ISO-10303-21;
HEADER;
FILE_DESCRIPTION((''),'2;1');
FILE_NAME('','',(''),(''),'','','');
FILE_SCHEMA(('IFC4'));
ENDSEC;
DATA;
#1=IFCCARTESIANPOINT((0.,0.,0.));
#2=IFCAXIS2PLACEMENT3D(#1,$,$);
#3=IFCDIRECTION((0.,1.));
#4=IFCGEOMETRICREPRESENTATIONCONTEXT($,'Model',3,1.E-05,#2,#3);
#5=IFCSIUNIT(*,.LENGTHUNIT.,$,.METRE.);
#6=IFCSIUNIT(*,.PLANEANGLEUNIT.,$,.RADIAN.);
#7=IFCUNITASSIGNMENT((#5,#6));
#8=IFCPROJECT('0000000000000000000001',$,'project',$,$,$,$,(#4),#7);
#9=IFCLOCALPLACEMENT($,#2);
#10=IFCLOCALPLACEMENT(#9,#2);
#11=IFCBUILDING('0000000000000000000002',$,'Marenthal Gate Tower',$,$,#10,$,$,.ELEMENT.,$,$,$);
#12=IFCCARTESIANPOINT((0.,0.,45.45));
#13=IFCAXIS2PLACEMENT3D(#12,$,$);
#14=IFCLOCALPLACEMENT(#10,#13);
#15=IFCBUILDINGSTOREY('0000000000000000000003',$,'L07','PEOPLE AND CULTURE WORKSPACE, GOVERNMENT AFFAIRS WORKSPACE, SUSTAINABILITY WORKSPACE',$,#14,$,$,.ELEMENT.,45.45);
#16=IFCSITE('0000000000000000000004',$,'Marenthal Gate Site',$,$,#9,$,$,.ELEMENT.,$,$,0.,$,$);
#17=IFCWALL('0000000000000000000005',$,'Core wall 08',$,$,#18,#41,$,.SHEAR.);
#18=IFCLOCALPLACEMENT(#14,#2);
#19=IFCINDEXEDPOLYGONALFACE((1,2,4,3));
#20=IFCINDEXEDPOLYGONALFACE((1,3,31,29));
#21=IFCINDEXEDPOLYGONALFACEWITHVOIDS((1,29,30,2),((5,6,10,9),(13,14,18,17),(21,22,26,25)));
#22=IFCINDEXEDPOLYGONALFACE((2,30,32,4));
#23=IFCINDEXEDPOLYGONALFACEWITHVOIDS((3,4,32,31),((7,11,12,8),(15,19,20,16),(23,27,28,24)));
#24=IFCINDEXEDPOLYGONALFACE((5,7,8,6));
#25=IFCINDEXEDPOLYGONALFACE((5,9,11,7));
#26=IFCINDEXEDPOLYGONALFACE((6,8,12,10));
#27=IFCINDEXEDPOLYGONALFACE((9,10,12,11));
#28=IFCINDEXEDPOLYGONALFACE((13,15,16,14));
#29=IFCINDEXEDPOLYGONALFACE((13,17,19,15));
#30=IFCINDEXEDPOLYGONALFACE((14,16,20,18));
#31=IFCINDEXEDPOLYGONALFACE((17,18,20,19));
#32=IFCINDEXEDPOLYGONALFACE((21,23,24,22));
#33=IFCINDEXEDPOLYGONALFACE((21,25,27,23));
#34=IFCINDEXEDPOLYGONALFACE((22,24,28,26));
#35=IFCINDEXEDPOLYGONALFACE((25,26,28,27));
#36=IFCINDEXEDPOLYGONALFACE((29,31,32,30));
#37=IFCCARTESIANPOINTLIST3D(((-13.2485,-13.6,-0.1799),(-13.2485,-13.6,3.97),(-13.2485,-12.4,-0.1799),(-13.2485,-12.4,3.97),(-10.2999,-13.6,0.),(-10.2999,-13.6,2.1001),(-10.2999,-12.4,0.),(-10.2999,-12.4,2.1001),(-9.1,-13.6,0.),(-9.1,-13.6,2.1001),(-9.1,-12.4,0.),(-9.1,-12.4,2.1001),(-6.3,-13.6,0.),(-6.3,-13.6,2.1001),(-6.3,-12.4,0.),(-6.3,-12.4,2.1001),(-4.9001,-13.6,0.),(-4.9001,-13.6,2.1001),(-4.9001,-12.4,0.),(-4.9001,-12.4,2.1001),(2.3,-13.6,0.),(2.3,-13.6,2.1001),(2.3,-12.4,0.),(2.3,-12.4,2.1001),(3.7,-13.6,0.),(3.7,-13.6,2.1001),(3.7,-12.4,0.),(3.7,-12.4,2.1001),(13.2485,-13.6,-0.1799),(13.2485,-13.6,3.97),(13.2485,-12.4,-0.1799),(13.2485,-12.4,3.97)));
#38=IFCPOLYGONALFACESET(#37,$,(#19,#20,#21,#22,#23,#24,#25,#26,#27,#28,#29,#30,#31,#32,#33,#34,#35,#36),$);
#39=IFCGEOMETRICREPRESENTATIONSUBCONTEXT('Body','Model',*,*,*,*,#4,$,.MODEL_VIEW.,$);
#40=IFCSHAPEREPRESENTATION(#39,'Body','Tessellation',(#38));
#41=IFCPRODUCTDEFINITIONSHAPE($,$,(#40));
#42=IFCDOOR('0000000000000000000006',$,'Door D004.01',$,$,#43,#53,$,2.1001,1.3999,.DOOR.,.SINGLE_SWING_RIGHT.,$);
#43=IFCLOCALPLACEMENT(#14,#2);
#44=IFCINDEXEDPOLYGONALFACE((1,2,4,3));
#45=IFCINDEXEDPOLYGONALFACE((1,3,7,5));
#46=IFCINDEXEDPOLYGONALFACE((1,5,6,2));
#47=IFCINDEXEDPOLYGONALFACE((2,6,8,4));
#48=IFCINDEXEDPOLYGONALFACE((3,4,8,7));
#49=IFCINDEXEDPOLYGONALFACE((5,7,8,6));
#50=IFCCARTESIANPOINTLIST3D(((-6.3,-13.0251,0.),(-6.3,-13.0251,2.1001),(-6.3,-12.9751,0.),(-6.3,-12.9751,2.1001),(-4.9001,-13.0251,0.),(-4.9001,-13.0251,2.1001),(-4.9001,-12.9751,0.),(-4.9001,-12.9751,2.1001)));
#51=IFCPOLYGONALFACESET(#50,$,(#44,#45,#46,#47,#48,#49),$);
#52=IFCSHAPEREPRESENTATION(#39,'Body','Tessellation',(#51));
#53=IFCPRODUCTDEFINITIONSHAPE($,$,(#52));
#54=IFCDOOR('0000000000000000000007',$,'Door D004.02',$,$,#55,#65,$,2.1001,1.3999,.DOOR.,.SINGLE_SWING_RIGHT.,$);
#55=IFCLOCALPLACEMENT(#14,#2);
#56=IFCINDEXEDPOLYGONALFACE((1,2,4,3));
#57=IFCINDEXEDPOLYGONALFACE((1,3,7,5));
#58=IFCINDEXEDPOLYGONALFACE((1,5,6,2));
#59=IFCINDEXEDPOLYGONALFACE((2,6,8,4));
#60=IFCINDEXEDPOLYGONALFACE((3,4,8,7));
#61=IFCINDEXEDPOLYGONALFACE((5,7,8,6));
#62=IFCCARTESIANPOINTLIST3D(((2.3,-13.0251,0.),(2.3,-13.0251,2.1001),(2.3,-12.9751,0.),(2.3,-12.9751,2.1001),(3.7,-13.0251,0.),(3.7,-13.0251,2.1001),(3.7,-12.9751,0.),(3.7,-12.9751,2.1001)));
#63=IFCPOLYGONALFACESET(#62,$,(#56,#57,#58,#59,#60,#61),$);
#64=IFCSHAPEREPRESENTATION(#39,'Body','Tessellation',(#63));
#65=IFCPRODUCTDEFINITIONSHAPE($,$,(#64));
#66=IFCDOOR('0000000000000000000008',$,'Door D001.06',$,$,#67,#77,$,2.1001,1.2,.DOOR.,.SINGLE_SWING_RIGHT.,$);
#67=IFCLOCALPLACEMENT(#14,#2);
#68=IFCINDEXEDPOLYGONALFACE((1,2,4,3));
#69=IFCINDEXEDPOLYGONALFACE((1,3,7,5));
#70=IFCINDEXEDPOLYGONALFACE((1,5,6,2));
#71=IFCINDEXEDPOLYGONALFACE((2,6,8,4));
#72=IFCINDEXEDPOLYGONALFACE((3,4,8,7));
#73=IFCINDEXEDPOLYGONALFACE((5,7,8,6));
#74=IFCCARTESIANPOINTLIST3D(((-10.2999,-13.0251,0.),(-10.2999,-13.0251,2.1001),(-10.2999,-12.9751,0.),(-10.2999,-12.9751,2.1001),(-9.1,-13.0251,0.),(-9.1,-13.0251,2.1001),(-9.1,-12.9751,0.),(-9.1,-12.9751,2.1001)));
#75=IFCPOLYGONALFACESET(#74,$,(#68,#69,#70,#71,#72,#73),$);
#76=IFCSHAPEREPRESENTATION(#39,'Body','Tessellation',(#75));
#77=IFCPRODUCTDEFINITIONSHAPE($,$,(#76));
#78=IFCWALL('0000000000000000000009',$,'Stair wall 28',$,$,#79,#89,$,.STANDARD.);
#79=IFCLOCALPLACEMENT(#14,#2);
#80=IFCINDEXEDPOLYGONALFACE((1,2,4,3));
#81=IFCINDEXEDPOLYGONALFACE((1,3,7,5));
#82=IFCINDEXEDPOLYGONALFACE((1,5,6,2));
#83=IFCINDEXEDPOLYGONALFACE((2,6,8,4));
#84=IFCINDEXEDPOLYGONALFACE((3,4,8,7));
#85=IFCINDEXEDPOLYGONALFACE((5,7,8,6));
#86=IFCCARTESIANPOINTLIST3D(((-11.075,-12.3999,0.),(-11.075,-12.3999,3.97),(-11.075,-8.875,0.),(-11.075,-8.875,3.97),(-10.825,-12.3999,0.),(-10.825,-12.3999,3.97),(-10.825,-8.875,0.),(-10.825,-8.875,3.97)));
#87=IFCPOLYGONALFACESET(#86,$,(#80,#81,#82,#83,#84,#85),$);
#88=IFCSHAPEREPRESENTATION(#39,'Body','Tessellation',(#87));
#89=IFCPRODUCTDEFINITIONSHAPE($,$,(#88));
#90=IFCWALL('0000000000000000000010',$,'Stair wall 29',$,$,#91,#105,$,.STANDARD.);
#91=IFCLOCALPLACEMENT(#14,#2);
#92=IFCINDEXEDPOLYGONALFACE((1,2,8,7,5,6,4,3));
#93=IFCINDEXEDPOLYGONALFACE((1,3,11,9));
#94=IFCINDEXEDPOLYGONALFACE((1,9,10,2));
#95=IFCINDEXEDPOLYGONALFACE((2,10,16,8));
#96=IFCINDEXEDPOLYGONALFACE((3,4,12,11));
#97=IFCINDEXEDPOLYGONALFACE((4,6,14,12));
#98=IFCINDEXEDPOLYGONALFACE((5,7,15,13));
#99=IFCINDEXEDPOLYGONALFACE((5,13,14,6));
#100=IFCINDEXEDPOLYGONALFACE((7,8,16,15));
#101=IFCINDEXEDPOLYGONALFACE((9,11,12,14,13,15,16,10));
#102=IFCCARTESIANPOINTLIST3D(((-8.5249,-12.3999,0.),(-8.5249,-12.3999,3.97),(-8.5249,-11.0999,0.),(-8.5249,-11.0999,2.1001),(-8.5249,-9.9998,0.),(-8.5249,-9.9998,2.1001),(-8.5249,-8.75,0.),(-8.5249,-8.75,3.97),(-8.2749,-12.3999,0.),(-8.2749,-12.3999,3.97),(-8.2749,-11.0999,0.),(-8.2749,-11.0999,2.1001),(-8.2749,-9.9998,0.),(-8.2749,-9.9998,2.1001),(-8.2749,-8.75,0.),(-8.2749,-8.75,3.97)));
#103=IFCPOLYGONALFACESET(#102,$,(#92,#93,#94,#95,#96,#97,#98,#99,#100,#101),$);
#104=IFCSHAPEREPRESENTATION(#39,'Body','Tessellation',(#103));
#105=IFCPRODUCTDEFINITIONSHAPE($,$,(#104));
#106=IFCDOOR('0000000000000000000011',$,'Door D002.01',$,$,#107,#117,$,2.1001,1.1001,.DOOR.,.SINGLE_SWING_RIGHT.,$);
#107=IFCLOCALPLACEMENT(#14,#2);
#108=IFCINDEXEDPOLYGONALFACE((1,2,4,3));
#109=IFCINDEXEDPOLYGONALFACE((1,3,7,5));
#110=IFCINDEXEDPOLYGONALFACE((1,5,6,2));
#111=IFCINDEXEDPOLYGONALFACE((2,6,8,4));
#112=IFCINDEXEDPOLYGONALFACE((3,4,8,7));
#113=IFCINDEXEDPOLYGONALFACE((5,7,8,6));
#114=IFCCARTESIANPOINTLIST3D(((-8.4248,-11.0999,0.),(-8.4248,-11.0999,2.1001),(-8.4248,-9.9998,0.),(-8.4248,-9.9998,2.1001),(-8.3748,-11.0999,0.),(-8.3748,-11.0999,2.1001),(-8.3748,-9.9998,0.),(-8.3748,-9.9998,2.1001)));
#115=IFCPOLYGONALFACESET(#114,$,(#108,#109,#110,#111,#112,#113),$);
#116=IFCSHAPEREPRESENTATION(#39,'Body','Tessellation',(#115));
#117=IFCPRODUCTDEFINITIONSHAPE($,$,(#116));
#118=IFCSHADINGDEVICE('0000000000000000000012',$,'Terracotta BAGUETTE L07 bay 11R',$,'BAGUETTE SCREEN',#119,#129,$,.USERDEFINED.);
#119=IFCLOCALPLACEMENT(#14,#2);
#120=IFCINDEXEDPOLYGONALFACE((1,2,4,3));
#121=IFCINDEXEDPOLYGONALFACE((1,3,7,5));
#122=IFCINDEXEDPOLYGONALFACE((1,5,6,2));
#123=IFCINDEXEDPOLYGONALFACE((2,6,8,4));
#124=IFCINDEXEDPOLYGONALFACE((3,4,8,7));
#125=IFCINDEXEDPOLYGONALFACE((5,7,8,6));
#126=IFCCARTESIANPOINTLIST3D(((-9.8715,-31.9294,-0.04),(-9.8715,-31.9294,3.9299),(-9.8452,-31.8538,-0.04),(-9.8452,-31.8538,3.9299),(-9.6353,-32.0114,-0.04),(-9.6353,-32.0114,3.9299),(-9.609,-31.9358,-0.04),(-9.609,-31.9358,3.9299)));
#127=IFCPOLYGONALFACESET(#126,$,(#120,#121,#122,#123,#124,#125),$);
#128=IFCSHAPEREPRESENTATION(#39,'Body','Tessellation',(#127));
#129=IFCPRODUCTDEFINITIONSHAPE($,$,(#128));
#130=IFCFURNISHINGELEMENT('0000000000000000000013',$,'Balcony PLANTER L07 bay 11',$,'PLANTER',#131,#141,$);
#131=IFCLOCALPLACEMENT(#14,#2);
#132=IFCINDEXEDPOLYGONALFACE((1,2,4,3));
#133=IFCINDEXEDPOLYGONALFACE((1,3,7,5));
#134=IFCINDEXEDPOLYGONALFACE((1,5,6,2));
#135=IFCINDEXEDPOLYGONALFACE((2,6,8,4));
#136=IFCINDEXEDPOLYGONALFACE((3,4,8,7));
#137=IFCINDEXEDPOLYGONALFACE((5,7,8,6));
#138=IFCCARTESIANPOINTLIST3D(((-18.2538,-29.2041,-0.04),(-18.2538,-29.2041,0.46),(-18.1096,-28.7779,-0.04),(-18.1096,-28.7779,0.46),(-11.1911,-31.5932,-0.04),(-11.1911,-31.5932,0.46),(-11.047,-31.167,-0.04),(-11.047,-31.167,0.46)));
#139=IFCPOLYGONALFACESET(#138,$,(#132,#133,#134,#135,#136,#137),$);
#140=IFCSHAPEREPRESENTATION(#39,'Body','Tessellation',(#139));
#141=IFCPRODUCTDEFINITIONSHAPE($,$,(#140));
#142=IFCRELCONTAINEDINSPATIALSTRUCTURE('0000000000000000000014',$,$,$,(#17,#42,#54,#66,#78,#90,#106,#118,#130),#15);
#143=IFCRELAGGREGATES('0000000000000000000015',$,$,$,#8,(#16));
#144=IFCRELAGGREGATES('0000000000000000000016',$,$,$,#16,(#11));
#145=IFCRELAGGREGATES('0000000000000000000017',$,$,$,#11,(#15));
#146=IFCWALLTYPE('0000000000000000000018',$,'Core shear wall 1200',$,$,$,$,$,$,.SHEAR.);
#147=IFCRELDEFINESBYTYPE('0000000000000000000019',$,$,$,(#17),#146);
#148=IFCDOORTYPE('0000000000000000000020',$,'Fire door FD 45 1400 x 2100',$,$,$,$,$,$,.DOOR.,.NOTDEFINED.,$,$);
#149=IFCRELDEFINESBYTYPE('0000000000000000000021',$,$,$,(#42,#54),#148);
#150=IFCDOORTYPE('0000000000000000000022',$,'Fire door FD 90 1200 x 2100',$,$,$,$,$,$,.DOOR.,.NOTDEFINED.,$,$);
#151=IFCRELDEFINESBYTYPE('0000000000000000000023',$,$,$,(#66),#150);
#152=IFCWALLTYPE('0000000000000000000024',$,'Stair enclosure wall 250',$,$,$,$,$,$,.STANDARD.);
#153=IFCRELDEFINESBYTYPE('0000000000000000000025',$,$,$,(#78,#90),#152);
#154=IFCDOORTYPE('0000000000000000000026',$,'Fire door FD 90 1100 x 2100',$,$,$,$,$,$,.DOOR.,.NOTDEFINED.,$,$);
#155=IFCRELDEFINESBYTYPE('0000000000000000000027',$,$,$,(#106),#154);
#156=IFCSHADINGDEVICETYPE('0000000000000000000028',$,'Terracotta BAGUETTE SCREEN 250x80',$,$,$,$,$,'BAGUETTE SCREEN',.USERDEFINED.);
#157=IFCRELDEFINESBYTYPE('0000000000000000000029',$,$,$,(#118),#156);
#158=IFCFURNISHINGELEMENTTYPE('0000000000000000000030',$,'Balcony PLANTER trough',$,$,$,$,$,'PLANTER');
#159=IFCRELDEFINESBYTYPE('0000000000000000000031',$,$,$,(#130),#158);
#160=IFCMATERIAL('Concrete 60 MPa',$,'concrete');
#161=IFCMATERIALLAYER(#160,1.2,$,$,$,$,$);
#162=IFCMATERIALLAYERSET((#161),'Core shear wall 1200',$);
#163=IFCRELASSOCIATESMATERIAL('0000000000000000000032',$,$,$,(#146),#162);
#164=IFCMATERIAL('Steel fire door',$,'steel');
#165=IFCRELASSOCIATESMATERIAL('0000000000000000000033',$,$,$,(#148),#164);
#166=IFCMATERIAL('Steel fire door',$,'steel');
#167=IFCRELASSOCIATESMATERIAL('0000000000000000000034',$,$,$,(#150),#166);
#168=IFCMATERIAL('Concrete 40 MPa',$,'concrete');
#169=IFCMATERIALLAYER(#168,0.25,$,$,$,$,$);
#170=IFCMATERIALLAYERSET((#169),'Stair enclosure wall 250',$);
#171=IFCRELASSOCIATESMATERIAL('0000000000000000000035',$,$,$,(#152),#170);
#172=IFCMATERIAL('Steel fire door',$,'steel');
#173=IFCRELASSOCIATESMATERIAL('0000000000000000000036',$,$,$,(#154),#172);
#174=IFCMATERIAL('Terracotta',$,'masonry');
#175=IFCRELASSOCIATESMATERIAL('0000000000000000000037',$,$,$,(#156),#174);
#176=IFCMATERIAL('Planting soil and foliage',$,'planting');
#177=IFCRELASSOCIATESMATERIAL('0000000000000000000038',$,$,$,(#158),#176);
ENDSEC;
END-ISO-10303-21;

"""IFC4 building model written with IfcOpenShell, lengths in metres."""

from ifc_helpers import new_model, si_unit, direction, frame, frame_2d, origin, origin_2d, place, context, subcontext, project, spatial, rectangle, extrude, material, layer, layer_set, material_profile, profile_set, type_object, element, fill, save


model = new_model("IFC4")

# Units and contexts
model_context = context("Model", 3, precision=1e-05, world=origin(), true_north=direction((0.0, 1.0)))
body_context = subcontext(model_context, "Body", "Model", "MODEL_VIEW")
ifc_project = project(units=[si_unit("LENGTHUNIT", "METRE"), si_unit("PLANEANGLEUNIT", "RADIAN")], contexts=[model_context])

# Site, building, storey
site_placement = place(None, origin())
site = spatial("IfcSite", under=ifc_project, at=site_placement, Name="Marenthal Gate Site", CompositionType="ELEMENT", RefElevation=0.0)
building_placement = place(site_placement, origin())
building = spatial("IfcBuilding", under=site, at=building_placement, Name="Marenthal Gate Tower", CompositionType="ELEMENT")
storey_placement = place(building_placement, frame((0.0, 0.0, 45.45)))
storey = spatial("IfcBuildingStorey", under=building, at=storey_placement, Name="L07", Description="PEOPLE AND CULTURE WORKSPACE, GOVERNMENT AFFAIRS WORKSPACE, SUSTAINABILITY WORKSPACE", CompositionType="ELEMENT", Elevation=45.45)

# Wall, openings, doors
ifc_material_1 = material(Name="Concrete 60 MPa", Category="concrete")
ifc_layer_1 = layer(ifc_material_1, 1.2)
ifc_layer_set_1 = layer_set([ifc_layer_1], Name="Core shear wall 1200")
wall_type_1 = type_object("IfcWallType", Name="Core shear wall 1200", PredefinedType="SHEAR", material=ifc_layer_set_1)
wall_1_placement = place(storey_placement, frame((-13.2485, -13.0, -0.1799), z_axis=(0.0, 0.0, 1.0), x_axis=(1.0, 0.0, 0.0)))
wall_1 = element("IfcWall", 1, at=wall_1_placement, inside=storey, type_object=wall_type_1, Name="Core wall 08", PredefinedType="SHEAR", context=body_context, shape_type="SweptSolid", body=[
    extrude(rectangle(XDim=26.4971, YDim=1.2, at=frame_2d((13.2485, 0.0))), origin(), (0.0, 0.0, 1.0), 4.1499),
])
opening_1_placement = place(wall_1_placement, frame((2.9485, 0.0, 0.1799)))
opening_1 = element("IfcOpeningElement", 2, at=opening_1_placement, cuts=wall_1, PredefinedType="OPENING", context=body_context, shape_type="SweptSolid", body=[
    extrude(rectangle(XDim=1.2, YDim=2.1001, at=frame_2d((0.6001, 1.05))), frame((0.0, 0.6099, 0.0), z_axis=(0.0, -1.0, 0.0), x_axis=(1.0, 0.0, 0.0)), (0.0, 0.0, 1.0), 1.22),
])
opening_2_placement = place(wall_1_placement, frame((6.9485, 0.0, 0.1799)))
opening_2 = element("IfcOpeningElement", 3, at=opening_2_placement, cuts=wall_1, PredefinedType="OPENING", context=body_context, shape_type="SweptSolid", body=[
    extrude(rectangle(XDim=1.3999, YDim=2.1001, at=frame_2d((0.7, 1.05))), frame((0.0, 0.6099, 0.0), z_axis=(0.0, -1.0, 0.0), x_axis=(1.0, 0.0, 0.0)), (0.0, 0.0, 1.0), 1.22),
])
opening_3_placement = place(wall_1_placement, frame((15.5486, 0.0, 0.1799)))
opening_3 = element("IfcOpeningElement", 4, at=opening_3_placement, cuts=wall_1, PredefinedType="OPENING", context=body_context, shape_type="SweptSolid", body=[
    extrude(rectangle(XDim=1.3999, YDim=2.1001, at=frame_2d((0.7, 1.05))), frame((0.0, 0.6099, 0.0), z_axis=(0.0, -1.0, 0.0), x_axis=(1.0, 0.0, 0.0)), (0.0, 0.0, 1.0), 1.22),
])
ifc_material_2 = material(Name="Steel fire door", Category="steel")
door_type_1 = type_object("IfcDoorType", Name="Fire door FD 45 1400 x 2100", OperationType="NOTDEFINED", PredefinedType="DOOR", material=ifc_material_2)
door_1_placement = place(opening_2_placement, origin())
door_1 = element("IfcDoor", 5, at=door_1_placement, inside=storey, type_object=door_type_1, Name="Door D004.01", OperationType="SINGLE_SWING_RIGHT", OverallHeight=2.1001, OverallWidth=1.3999, PredefinedType="DOOR", context=body_context, shape_type="SweptSolid", body=[
    extrude(rectangle(XDim=1.3999, YDim=2.1001, at=frame_2d((0.7, 1.05))), frame((0.0, 0.0249, 0.0), z_axis=(0.0, -1.0, 0.0), x_axis=(1.0, 0.0, 0.0)), (0.0, 0.0, 1.0), 0.05),
])
fill(opening_2, door_1)
door_2_placement = place(opening_3_placement, origin())
door_2 = element("IfcDoor", 6, at=door_2_placement, inside=storey, type_object=door_type_1, Name="Door D004.02", OperationType="SINGLE_SWING_RIGHT", OverallHeight=2.1001, OverallWidth=1.3999, PredefinedType="DOOR", context=body_context, shape_type="SweptSolid", body=[
    extrude(rectangle(XDim=1.3999, YDim=2.1001, at=frame_2d((0.7, 1.05))), frame((0.0, 0.0249, 0.0), z_axis=(0.0, -1.0, 0.0), x_axis=(1.0, 0.0, 0.0)), (0.0, 0.0, 1.0), 0.05),
])
fill(opening_3, door_2)
ifc_material_3 = material(Name="Steel fire door", Category="steel")
door_type_2 = type_object("IfcDoorType", Name="Fire door FD 90 1200 x 2100", OperationType="NOTDEFINED", PredefinedType="DOOR", material=ifc_material_3)
door_3_placement = place(opening_1_placement, origin())
door_3 = element("IfcDoor", 7, at=door_3_placement, inside=storey, type_object=door_type_2, Name="Door D001.06", OperationType="SINGLE_SWING_RIGHT", OverallHeight=2.1001, OverallWidth=1.2, PredefinedType="DOOR", context=body_context, shape_type="SweptSolid", body=[
    extrude(rectangle(XDim=1.2, YDim=2.1001, at=frame_2d((0.6001, 1.05))), frame((0.0, 0.0249, 0.0), z_axis=(0.0, -1.0, 0.0), x_axis=(1.0, 0.0, 0.0)), (0.0, 0.0, 1.0), 0.05),
])
fill(opening_1, door_3)

# Wall
ifc_material_4 = material(Name="Concrete 40 MPa", Category="concrete")
ifc_layer_2 = layer(ifc_material_4, 0.25)
ifc_layer_set_2 = layer_set([ifc_layer_2], Name="Stair enclosure wall 250")
wall_type_2 = type_object("IfcWallType", Name="Stair enclosure wall 250", PredefinedType="STANDARD", material=ifc_layer_set_2)
wall_2_placement = place(storey_placement, frame((-10.95, -12.3999, 0.0), z_axis=(0.0, 0.0, 1.0), x_axis=(0.0, 1.0, 0.0)))
element("IfcWall", 8, at=wall_2_placement, inside=storey, type_object=wall_type_2, Name="Stair wall 28", PredefinedType="STANDARD", context=body_context, shape_type="SweptSolid", body=[
    extrude(rectangle(XDim=3.5249, YDim=0.25, at=frame_2d((1.7625, 0.0))), origin(), (0.0, 0.0, 1.0), 3.97),
])

# Wall, opening, door
wall_3_placement = place(storey_placement, frame((-8.3999, -12.3999, 0.0), z_axis=(0.0, 0.0, 1.0), x_axis=(0.0, 1.0, 0.0)))
wall_3 = element("IfcWall", 9, at=wall_3_placement, inside=storey, type_object=wall_type_2, Name="Stair wall 29", PredefinedType="STANDARD", context=body_context, shape_type="SweptSolid", body=[
    extrude(rectangle(XDim=3.6499, YDim=0.25, at=frame_2d((1.825, 0.0))), origin(), (0.0, 0.0, 1.0), 3.97),
])
opening_4_placement = place(wall_3_placement, frame((1.3, 0.0, 0.0)))
opening_4 = element("IfcOpeningElement", 10, at=opening_4_placement, cuts=wall_3, PredefinedType="OPENING", context=body_context, shape_type="SweptSolid", body=[
    extrude(rectangle(XDim=1.1001, YDim=2.1001, at=frame_2d((0.55, 1.05))), frame((0.0, 0.135, 0.0), z_axis=(0.0, -1.0, 0.0), x_axis=(1.0, 0.0, 0.0)), (0.0, 0.0, 1.0), 0.27),
])
ifc_material_5 = material(Name="Steel fire door", Category="steel")
door_type_3 = type_object("IfcDoorType", Name="Fire door FD 90 1100 x 2100", OperationType="NOTDEFINED", PredefinedType="DOOR", material=ifc_material_5)
door_4_placement = place(opening_4_placement, origin())
door_4 = element("IfcDoor", 11, at=door_4_placement, inside=storey, type_object=door_type_3, Name="Door D002.01", OperationType="SINGLE_SWING_RIGHT", OverallHeight=2.1001, OverallWidth=1.1001, PredefinedType="DOOR", context=body_context, shape_type="SweptSolid", body=[
    extrude(rectangle(XDim=1.1001, YDim=2.1001, at=frame_2d((0.55, 1.05))), frame((0.0, 0.0249, 0.0), z_axis=(0.0, -1.0, 0.0), x_axis=(1.0, 0.0, 0.0)), (0.0, 0.0, 1.0), 0.05),
])
fill(opening_4, door_4)

# Shading device
ifc_material_6 = material(Name="Terracotta", Category="masonry")
ifc_material_profile_1 = material_profile(ifc_material_6, rectangle(XDim=0.25, YDim=0.0801, at=origin_2d()), Name="Terracotta baguette 250x80")
ifc_profile_set_1 = profile_set([ifc_material_profile_1], Name="Terracotta")
shading_device_type = type_object("IfcShadingDeviceType", Name="Terracotta BAGUETTE SCREEN 250x80", ElementType="BAGUETTE SCREEN", PredefinedType="USERDEFINED", material=ifc_profile_set_1)
shading_device_placement = place(storey_placement, frame((-9.7402, -31.9326, -0.04), z_axis=(0.0, 0.0, 1.0), x_axis=(0.944691, -0.327963, 0.0)))
element("IfcShadingDevice", 12, at=shading_device_placement, inside=storey, type_object=shading_device_type, Name="Terracotta BAGUETTE L07 bay 11R", ObjectType="BAGUETTE SCREEN", PredefinedType="USERDEFINED", context=body_context, shape_type="SweptSolid", body=[
    extrude(rectangle(XDim=0.25, YDim=0.0801, at=origin_2d()), origin(), (0.0, 0.0, 1.0), 3.97),
])

# Furnishing element
ifc_material_7 = material(Name="Planting soil and foliage", Category="planting")
furnishing_element_type = type_object("IfcFurnishingElementType", Name="Balcony PLANTER trough", ElementType="PLANTER", material=ifc_material_7)
furnishing_placement = place(storey_placement, frame((-14.6504, -30.1855, -0.04), z_axis=(0.0, 0.0, 1.0), x_axis=(0.947271, -0.320433, 0.0)))
element("IfcFurnishingElement", 13, at=furnishing_placement, inside=storey, type_object=furnishing_element_type, Name="Balcony PLANTER L07 bay 11", ObjectType="PLANTER", context=body_context, shape_type="SweptSolid", body=[
    extrude(rectangle(XDim=7.4558, YDim=0.45, at=origin_2d()), origin(), (0.0, 0.0, 1.0), 0.5),
])

save(model, "model.ifc")
